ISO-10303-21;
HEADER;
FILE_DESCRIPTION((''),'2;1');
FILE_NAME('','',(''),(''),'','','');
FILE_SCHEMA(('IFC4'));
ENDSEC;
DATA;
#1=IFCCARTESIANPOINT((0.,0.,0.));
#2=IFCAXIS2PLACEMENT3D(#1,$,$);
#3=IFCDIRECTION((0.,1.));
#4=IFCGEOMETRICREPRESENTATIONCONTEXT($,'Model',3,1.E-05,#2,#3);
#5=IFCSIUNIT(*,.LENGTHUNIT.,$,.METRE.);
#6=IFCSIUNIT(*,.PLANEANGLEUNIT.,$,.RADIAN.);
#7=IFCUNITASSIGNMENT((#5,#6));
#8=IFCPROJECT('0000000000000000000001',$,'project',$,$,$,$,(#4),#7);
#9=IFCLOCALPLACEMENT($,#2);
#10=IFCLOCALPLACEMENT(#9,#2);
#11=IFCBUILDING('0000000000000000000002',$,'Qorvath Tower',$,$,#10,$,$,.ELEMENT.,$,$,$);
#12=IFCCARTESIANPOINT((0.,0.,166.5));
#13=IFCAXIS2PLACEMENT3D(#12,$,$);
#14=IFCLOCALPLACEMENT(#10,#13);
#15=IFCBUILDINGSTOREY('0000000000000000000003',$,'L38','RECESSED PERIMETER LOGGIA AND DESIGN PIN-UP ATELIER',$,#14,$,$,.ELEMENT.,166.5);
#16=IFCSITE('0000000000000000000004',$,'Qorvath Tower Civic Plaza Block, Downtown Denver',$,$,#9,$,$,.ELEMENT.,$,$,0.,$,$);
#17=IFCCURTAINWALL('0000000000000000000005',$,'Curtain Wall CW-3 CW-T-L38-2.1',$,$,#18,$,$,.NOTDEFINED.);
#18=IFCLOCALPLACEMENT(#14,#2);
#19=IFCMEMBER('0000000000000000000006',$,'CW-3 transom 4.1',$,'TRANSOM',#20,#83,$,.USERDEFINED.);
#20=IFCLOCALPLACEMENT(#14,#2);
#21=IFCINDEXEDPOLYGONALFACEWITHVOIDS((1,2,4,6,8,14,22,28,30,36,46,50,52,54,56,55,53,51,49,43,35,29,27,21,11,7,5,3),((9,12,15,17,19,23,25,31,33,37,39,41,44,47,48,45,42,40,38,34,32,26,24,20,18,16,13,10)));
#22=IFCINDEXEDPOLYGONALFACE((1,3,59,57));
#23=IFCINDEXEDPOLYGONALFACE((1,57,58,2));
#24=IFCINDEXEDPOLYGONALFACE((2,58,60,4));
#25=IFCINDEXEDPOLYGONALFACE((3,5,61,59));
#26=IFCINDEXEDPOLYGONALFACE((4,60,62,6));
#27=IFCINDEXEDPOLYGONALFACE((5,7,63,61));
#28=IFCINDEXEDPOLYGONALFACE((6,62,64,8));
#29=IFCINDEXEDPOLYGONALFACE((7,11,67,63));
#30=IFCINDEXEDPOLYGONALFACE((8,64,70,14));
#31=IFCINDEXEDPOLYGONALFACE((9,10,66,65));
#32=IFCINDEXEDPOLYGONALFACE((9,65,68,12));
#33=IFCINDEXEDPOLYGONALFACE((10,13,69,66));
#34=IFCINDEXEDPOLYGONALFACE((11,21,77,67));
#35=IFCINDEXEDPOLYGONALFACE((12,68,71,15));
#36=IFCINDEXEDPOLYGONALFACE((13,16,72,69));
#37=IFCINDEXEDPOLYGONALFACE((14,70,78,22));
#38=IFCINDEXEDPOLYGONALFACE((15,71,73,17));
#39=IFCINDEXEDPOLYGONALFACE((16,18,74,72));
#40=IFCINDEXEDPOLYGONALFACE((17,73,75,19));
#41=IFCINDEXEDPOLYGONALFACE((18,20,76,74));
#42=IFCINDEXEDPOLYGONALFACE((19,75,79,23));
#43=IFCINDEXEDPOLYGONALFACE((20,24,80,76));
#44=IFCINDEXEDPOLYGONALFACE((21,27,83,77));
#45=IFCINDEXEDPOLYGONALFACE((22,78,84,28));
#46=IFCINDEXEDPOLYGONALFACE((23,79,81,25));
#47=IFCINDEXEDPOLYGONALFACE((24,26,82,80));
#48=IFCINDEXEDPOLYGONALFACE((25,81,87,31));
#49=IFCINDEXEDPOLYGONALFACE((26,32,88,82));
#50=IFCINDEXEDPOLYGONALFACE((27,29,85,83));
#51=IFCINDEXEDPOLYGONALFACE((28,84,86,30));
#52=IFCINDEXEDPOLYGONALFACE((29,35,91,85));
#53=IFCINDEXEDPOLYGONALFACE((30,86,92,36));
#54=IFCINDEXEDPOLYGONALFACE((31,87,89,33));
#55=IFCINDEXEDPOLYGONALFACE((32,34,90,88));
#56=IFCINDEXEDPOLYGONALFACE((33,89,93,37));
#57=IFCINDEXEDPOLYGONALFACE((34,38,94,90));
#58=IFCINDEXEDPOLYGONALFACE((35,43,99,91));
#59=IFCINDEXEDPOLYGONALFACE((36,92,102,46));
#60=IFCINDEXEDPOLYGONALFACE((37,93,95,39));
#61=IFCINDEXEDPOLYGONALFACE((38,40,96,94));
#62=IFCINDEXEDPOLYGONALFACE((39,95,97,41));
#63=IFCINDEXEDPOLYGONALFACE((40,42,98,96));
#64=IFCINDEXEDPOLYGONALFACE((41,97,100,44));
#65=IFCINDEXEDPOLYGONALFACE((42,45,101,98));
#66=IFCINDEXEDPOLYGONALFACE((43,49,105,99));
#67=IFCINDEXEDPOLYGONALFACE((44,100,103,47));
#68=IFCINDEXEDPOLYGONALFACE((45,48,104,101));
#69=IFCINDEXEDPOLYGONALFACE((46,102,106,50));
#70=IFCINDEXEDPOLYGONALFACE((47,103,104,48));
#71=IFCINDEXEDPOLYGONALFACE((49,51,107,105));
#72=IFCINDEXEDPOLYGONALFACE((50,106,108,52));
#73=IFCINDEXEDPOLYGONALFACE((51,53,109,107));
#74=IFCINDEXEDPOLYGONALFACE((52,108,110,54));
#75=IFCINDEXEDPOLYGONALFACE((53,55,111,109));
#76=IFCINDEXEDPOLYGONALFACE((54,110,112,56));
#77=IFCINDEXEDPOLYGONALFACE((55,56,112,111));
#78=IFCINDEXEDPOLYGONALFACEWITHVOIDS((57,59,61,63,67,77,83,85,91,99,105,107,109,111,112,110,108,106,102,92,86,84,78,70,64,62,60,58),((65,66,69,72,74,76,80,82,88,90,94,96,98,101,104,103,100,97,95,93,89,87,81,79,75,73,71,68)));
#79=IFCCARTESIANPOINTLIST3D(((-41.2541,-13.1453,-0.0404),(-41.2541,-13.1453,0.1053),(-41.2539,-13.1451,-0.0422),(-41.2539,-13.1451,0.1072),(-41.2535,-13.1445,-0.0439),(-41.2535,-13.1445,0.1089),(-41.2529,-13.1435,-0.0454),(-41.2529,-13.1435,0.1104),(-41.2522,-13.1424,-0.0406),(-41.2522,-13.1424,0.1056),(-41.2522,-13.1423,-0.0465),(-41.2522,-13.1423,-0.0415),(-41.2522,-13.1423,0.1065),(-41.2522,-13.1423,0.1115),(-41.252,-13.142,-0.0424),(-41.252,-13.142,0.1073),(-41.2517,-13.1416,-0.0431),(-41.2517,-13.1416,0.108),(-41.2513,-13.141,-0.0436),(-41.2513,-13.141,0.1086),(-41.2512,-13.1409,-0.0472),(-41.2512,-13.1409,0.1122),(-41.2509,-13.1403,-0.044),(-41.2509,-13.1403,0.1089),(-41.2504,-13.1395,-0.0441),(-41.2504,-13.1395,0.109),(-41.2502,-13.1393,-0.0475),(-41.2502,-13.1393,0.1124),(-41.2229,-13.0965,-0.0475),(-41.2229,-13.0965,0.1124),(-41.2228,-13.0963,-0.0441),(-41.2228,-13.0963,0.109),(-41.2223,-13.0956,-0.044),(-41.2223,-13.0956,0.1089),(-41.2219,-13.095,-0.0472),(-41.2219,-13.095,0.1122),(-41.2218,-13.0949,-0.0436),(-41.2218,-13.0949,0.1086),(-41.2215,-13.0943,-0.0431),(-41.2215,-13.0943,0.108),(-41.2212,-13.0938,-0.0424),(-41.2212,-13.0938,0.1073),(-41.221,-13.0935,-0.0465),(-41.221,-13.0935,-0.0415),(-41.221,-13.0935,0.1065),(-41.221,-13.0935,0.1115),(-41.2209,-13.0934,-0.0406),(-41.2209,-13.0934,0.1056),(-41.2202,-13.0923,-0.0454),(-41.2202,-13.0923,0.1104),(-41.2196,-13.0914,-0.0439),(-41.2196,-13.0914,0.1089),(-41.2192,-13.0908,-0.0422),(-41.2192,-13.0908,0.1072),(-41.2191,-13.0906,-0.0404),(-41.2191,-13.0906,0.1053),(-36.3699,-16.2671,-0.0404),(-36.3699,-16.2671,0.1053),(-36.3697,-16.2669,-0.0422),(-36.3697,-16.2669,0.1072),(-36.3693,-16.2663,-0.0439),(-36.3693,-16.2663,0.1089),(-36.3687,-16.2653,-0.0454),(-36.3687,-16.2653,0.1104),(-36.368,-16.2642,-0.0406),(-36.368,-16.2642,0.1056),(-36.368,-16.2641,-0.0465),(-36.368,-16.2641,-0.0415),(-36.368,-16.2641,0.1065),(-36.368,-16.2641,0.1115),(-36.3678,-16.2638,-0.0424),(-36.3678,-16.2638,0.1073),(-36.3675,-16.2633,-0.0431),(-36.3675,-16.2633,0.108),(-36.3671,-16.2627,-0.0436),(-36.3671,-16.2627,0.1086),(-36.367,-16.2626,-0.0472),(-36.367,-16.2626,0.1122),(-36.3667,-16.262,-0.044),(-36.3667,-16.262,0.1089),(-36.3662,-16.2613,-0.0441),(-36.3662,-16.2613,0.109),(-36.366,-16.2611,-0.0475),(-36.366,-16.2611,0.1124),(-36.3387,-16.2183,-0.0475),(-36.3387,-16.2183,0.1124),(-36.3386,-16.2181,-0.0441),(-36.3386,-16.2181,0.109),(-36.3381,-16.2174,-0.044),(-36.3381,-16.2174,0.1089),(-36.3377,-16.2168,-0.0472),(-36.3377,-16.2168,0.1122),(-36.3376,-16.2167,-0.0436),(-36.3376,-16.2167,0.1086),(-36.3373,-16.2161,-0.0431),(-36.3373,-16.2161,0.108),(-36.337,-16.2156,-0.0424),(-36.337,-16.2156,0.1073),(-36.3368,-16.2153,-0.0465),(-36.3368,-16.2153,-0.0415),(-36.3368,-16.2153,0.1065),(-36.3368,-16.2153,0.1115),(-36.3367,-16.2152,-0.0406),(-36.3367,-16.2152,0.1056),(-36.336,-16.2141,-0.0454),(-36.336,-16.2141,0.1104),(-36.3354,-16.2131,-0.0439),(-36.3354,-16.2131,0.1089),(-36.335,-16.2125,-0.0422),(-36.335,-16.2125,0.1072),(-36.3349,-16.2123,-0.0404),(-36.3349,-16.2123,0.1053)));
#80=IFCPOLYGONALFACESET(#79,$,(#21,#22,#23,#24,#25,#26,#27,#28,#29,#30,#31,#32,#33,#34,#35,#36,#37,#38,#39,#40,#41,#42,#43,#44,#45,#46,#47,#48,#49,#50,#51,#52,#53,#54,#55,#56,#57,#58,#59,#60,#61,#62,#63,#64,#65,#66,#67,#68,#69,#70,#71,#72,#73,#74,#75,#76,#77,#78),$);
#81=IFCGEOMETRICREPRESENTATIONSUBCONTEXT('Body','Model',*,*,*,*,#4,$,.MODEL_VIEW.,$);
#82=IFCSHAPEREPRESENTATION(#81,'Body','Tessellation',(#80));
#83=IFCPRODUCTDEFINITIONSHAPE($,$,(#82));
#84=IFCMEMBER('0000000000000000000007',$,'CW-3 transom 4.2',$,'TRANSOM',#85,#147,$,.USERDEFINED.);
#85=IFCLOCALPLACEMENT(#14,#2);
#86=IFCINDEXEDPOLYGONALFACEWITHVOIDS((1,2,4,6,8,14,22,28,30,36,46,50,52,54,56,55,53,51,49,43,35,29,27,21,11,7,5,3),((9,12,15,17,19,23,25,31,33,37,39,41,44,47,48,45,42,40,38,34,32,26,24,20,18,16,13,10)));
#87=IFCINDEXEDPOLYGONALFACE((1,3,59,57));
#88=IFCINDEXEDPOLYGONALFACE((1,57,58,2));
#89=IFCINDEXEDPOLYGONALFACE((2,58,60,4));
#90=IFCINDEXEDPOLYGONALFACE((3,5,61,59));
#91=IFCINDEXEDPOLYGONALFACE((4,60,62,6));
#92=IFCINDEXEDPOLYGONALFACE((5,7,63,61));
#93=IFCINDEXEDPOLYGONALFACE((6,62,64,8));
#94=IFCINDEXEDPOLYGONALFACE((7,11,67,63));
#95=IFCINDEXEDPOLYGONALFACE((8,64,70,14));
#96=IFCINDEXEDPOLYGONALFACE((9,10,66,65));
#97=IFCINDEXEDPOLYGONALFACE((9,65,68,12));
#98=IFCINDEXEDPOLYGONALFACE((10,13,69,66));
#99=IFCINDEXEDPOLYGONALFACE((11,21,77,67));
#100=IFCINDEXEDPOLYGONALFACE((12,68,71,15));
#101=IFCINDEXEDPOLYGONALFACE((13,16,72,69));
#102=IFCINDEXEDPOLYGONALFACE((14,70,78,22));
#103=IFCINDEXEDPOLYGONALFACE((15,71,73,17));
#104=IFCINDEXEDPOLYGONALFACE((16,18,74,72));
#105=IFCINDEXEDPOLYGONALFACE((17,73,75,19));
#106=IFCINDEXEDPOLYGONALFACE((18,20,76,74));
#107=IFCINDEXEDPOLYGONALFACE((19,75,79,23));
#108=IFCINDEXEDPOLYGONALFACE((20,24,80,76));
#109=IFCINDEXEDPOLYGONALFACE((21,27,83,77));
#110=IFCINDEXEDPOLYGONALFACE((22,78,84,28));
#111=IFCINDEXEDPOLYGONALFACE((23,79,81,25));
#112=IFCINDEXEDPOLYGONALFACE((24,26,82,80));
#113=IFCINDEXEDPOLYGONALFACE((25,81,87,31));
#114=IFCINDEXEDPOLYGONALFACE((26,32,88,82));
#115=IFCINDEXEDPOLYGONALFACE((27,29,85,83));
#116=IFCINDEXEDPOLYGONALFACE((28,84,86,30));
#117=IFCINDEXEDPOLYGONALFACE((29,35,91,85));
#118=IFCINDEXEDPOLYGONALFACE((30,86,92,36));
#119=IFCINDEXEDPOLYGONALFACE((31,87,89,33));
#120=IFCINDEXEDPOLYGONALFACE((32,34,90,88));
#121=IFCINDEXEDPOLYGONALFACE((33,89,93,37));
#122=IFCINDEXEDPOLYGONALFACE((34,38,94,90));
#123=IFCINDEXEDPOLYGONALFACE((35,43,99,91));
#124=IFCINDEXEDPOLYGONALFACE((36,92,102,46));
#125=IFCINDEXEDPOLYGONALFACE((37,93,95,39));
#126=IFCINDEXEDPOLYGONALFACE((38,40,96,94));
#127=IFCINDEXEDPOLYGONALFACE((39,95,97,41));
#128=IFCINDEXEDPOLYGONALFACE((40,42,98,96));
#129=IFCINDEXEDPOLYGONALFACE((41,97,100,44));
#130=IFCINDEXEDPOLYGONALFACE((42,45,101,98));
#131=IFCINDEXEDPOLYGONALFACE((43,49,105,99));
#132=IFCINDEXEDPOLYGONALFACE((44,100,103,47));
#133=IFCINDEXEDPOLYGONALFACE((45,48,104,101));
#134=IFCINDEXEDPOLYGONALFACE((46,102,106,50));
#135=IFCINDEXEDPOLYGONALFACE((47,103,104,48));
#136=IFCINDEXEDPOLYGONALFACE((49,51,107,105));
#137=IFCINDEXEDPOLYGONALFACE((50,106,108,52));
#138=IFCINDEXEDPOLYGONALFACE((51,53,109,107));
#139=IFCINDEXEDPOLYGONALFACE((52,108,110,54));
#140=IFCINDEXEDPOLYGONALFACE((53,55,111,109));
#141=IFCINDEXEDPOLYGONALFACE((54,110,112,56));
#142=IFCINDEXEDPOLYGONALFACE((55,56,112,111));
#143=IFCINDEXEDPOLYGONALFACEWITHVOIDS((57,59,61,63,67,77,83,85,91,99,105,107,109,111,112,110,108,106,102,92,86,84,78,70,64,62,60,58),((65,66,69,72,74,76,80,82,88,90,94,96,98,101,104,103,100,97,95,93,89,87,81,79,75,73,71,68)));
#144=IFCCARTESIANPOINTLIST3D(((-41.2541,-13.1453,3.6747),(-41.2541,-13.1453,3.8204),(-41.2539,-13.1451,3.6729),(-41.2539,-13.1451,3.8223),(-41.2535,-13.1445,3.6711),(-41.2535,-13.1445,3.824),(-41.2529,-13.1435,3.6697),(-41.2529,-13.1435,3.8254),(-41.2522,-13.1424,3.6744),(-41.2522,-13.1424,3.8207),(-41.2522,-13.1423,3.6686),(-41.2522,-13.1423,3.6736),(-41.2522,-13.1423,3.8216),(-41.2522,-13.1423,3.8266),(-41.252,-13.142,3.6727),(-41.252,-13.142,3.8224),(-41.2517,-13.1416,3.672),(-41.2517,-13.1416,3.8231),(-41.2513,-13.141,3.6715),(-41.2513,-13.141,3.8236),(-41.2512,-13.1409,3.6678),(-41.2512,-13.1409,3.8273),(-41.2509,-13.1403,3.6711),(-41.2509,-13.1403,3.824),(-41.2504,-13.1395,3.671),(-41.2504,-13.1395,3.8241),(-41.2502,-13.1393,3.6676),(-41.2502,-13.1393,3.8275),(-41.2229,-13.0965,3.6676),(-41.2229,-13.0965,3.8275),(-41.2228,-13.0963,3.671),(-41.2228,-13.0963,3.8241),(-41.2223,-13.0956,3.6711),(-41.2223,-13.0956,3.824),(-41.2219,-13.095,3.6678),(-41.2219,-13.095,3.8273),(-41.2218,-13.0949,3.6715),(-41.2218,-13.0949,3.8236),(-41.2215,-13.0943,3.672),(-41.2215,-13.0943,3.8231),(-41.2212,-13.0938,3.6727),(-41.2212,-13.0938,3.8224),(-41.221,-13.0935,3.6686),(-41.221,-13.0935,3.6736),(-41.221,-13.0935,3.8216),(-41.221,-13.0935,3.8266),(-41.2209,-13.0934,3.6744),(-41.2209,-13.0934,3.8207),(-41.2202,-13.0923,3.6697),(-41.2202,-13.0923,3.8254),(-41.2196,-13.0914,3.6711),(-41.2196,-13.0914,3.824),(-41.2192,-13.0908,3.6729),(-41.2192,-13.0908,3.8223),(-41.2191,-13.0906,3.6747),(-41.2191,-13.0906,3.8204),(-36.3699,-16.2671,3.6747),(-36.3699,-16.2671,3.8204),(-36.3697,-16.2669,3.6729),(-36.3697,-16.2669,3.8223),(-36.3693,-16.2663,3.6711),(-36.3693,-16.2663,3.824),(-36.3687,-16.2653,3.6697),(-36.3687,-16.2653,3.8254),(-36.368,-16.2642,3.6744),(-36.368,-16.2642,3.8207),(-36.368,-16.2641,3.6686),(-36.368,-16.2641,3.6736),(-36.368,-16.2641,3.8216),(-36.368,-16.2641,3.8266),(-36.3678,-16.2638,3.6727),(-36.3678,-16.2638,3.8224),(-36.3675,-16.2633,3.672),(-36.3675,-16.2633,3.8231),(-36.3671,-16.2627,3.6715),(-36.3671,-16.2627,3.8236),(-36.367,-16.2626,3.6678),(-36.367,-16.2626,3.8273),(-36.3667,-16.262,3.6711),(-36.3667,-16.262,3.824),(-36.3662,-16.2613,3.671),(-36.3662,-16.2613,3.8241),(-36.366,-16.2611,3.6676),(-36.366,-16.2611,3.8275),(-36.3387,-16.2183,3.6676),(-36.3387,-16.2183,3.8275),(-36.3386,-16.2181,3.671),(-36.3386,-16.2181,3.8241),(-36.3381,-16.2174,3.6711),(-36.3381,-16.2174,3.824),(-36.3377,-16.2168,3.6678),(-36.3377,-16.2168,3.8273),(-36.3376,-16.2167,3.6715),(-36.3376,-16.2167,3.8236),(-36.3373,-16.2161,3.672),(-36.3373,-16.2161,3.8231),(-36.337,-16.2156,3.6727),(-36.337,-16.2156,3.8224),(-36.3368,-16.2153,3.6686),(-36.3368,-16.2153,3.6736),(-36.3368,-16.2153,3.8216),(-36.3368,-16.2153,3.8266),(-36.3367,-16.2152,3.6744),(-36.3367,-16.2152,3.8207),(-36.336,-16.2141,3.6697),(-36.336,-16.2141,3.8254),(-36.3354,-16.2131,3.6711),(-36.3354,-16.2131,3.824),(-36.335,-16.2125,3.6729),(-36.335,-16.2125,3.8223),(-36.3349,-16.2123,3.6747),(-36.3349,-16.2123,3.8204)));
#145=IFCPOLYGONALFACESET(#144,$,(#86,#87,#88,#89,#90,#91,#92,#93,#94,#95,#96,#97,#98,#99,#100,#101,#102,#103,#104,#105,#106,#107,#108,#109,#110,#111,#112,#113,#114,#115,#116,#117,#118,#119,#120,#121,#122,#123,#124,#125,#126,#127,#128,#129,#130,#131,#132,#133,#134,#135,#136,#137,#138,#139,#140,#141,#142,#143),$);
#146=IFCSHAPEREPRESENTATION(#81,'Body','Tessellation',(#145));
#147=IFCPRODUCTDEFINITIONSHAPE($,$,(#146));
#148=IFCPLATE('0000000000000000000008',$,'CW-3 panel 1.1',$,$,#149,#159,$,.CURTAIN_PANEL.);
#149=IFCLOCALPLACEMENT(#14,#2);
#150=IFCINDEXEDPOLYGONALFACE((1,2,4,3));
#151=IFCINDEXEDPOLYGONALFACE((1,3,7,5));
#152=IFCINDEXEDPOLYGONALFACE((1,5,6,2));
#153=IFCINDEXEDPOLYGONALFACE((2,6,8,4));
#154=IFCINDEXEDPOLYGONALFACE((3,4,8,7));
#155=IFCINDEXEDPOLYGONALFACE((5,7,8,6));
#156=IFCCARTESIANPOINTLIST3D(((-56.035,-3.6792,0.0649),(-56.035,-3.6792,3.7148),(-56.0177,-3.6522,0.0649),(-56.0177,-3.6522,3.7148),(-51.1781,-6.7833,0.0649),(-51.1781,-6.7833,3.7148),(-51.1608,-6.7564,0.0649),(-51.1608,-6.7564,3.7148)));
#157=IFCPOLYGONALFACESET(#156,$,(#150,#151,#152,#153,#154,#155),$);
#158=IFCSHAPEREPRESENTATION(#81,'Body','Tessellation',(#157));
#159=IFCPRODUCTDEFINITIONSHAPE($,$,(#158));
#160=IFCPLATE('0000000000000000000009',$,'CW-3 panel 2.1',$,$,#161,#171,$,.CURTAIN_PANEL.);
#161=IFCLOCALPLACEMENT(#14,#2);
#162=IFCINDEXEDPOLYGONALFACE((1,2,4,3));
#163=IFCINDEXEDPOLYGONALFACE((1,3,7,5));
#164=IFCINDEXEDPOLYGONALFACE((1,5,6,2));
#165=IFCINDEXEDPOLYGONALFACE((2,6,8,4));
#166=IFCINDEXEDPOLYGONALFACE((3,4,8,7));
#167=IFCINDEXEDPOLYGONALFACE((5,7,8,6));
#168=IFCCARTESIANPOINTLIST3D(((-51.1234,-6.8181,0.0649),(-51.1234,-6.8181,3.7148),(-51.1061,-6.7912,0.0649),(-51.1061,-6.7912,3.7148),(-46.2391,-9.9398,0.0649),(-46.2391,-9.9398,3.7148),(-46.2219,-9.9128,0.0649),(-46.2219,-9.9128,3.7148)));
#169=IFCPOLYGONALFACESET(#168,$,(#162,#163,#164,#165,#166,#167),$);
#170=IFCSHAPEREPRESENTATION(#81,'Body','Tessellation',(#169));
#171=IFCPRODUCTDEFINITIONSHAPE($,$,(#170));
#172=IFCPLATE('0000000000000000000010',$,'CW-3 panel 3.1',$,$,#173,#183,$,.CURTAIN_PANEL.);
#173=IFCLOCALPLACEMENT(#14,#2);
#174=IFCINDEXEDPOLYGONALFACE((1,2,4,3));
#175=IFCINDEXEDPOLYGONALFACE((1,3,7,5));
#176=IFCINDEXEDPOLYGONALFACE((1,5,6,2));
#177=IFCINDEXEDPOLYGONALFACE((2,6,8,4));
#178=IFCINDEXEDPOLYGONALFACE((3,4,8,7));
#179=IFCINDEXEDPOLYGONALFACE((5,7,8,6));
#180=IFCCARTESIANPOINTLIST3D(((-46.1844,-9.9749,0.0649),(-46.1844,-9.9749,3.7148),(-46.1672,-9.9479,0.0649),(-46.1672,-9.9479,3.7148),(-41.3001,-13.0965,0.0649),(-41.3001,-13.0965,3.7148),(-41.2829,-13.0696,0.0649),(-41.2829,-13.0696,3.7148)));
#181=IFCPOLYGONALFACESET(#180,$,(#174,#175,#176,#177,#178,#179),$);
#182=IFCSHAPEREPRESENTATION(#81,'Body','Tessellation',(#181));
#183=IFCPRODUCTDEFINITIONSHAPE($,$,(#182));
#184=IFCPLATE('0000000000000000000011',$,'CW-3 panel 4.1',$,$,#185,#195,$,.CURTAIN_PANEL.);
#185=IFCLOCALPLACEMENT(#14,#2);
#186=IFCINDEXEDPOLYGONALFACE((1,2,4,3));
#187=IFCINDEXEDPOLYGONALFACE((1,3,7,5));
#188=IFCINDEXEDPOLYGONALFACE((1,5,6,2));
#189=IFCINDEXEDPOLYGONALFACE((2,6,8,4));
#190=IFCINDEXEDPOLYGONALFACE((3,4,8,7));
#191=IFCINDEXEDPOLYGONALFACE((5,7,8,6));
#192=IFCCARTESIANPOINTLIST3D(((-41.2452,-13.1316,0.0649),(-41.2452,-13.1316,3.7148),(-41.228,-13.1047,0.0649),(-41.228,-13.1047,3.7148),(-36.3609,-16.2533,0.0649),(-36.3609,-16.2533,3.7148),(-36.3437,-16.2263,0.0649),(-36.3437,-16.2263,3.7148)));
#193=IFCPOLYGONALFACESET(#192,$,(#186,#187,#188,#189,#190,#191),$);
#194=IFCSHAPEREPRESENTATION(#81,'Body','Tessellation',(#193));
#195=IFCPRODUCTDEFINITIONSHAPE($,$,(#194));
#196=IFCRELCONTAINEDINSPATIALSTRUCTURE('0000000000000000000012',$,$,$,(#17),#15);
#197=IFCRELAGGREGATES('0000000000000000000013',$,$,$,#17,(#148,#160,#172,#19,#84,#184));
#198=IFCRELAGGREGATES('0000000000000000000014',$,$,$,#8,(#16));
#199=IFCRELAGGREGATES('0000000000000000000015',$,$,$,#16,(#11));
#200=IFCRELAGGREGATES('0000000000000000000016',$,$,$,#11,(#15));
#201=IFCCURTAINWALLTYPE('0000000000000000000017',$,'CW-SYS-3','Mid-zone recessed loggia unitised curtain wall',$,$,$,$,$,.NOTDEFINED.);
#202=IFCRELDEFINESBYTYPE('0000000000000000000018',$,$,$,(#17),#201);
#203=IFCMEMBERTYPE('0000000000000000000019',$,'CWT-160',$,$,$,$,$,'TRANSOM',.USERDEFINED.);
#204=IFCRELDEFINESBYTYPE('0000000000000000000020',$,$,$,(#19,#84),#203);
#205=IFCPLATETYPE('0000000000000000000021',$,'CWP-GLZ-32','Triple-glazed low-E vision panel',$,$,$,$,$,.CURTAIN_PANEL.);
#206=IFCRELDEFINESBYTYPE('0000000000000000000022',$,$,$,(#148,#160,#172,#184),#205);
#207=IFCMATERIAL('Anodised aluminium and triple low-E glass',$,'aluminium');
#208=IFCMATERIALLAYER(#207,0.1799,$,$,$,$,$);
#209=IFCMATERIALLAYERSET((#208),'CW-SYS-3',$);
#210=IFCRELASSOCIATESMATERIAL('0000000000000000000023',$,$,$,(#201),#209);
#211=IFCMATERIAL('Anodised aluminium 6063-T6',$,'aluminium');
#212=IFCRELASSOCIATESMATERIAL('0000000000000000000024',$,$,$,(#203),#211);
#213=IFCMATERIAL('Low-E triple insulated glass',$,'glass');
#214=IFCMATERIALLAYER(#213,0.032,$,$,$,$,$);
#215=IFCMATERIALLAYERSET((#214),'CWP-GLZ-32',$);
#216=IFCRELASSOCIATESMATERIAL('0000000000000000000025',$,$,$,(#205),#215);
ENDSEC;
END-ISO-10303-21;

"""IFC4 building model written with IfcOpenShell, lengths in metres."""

from ifc_helpers import new_model, si_unit, direction, frame, origin, origin_2d, place, context, subcontext, project, spatial, rectangle, hollow_rectangle, extrude, material, layer, layer_set, material_profile, profile_set, type_object, element, aggregate, save


model = new_model("IFC4")

# Units and contexts
model_context = context("Model", 3, precision=1e-05, world=origin(), true_north=direction((0.0, 1.0)))
body_context = subcontext(model_context, "Body", "Model", "MODEL_VIEW")
ifc_project = project(units=[si_unit("LENGTHUNIT", "METRE"), si_unit("PLANEANGLEUNIT", "RADIAN")], contexts=[model_context])

# Site, building, storey
site_placement = place(None, origin())
site = spatial("IfcSite", under=ifc_project, at=site_placement, Name="Qorvath Tower Civic Plaza Block, Downtown Denver", CompositionType="ELEMENT", RefElevation=0.0)
building_placement = place(site_placement, origin())
building = spatial("IfcBuilding", under=site, at=building_placement, Name="Qorvath Tower", CompositionType="ELEMENT")
storey_placement = place(building_placement, frame((0.0, 0.0, 166.5)))
storey = spatial("IfcBuildingStorey", under=building, at=storey_placement, Name="L38", Description="RECESSED PERIMETER LOGGIA AND DESIGN PIN-UP ATELIER", CompositionType="ELEMENT", Elevation=166.5)

# Curtain wall, members, plates
ifc_material_1 = material(Name="Anodised aluminium and triple low-E glass", Category="aluminium")
ifc_layer_1 = layer(ifc_material_1, 0.1799)
ifc_layer_set_1 = layer_set([ifc_layer_1], Name="CW-SYS-3")
curtain_wall_type = type_object("IfcCurtainWallType", Name="CW-SYS-3", Description="Mid-zone recessed loggia unitised curtain wall", PredefinedType="NOTDEFINED", material=ifc_layer_set_1)
curtain_wall_placement = place(storey_placement, origin())
curtain_wall = element("IfcCurtainWall", 1, at=curtain_wall_placement, inside=storey, type_object=curtain_wall_type, Name="Curtain Wall CW-3 CW-T-L38-2.1", PredefinedType="NOTDEFINED")
ifc_material_2 = material(Name="Anodised aluminium 6063-T6", Category="aluminium")
ifc_material_profile_1 = material_profile(ifc_material_2, hollow_rectangle(XDim=0.0649, YDim=0.1599, WallThickness=0.0034, InnerFilletRadius=0.0034, OuterFilletRadius=0.0071, at=origin_2d()), Name="CWT 160x65")
ifc_profile_set_1 = profile_set([ifc_material_profile_1], Name="Anodised aluminium 6063-T6")
member_type_1 = type_object("IfcMemberType", Name="CWT-160", ElementType="TRANSOM", PredefinedType="USERDEFINED", material=ifc_profile_set_1)
member_1_placement = place(storey_placement, frame((-41.2366, -13.1179, 0.0325), z_axis=(0.842593, -0.53855, 0.0), x_axis=(0.53855, 0.842593, 0.0)))
member_1 = element("IfcMember", 2, at=member_1_placement, type_object=member_type_1, Name="CW-3 transom 4.1", ObjectType="TRANSOM", PredefinedType="USERDEFINED", context=body_context, shape_type="SweptSolid", body=[
    extrude(hollow_rectangle(XDim=0.0649, YDim=0.1599, WallThickness=0.0034, InnerFilletRadius=0.0034, OuterFilletRadius=0.0071, at=origin_2d()), origin(), (0.0, 0.0, 1.0), 5.7966),
])
member_2_placement = place(storey_placement, frame((-41.2366, -13.1179, 3.7476), z_axis=(0.842593, -0.53855, 0.0), x_axis=(0.53855, 0.842593, 0.0)))
member_2 = element("IfcMember", 3, at=member_2_placement, type_object=member_type_1, Name="CW-3 transom 4.2", ObjectType="TRANSOM", PredefinedType="USERDEFINED", context=body_context, shape_type="SweptSolid", body=[
    extrude(hollow_rectangle(XDim=0.0649, YDim=0.1599, WallThickness=0.0034, InnerFilletRadius=0.0034, OuterFilletRadius=0.0071, at=origin_2d()), origin(), (0.0, 0.0, 1.0), 5.7966),
])
ifc_material_3 = material(Name="Low-E triple insulated glass", Category="glass")
ifc_layer_2 = layer(ifc_material_3, 0.032)
ifc_layer_set_2 = layer_set([ifc_layer_2], Name="CWP-GLZ-32")
plate_type = type_object("IfcPlateType", Name="CWP-GLZ-32", Description="Triple-glazed low-E vision panel", PredefinedType="CURTAIN_PANEL", material=ifc_layer_set_2)
plate_1_placement = place(storey_placement, frame((-53.5979, -5.2178, 0.0649), z_axis=(0.0, 0.0, 1.0), x_axis=(0.842607, -0.538529, 0.0)))
plate_1 = element("IfcPlate", 4, at=plate_1_placement, type_object=plate_type, Name="CW-3 panel 1.1", PredefinedType="CURTAIN_PANEL", context=body_context, shape_type="SweptSolid", body=[
    extrude(rectangle(XDim=5.7642, YDim=0.032, at=origin_2d()), origin(), (0.0, 0.0, 1.0), 3.6499),
])
plate_2_placement = place(storey_placement, frame((-48.6726, -8.3655, 0.0649), z_axis=(0.0, 0.0, 1.0), x_axis=(0.842607, -0.538529, 0.0)))
plate_2 = element("IfcPlate", 5, at=plate_2_placement, type_object=plate_type, Name="CW-3 panel 2.1", PredefinedType="CURTAIN_PANEL", context=body_context, shape_type="SweptSolid", body=[
    extrude(rectangle(XDim=5.7966, YDim=0.032, at=origin_2d()), origin(), (0.0, 0.0, 1.0), 3.6499),
])
plate_3_placement = place(storey_placement, frame((-43.7336, -11.5222, 0.0649), z_axis=(0.0, 0.0, 1.0), x_axis=(0.842607, -0.538529, 0.0)))
plate_3 = element("IfcPlate", 6, at=plate_3_placement, type_object=plate_type, Name="CW-3 panel 3.1", PredefinedType="CURTAIN_PANEL", context=body_context, shape_type="SweptSolid", body=[
    extrude(rectangle(XDim=5.7966, YDim=0.032, at=origin_2d()), origin(), (0.0, 0.0, 1.0), 3.6499),
])
plate_4_placement = place(storey_placement, frame((-38.7944, -14.679, 0.0649), z_axis=(0.0, 0.0, 1.0), x_axis=(0.842607, -0.538529, 0.0)))
plate_4 = element("IfcPlate", 7, at=plate_4_placement, type_object=plate_type, Name="CW-3 panel 4.1", PredefinedType="CURTAIN_PANEL", context=body_context, shape_type="SweptSolid", body=[
    extrude(rectangle(XDim=5.7966, YDim=0.032, at=origin_2d()), origin(), (0.0, 0.0, 1.0), 3.6499),
])
aggregate(curtain_wall, [plate_1, plate_2, plate_3, member_1, member_2, plate_4])

save(model, "model.ifc")
